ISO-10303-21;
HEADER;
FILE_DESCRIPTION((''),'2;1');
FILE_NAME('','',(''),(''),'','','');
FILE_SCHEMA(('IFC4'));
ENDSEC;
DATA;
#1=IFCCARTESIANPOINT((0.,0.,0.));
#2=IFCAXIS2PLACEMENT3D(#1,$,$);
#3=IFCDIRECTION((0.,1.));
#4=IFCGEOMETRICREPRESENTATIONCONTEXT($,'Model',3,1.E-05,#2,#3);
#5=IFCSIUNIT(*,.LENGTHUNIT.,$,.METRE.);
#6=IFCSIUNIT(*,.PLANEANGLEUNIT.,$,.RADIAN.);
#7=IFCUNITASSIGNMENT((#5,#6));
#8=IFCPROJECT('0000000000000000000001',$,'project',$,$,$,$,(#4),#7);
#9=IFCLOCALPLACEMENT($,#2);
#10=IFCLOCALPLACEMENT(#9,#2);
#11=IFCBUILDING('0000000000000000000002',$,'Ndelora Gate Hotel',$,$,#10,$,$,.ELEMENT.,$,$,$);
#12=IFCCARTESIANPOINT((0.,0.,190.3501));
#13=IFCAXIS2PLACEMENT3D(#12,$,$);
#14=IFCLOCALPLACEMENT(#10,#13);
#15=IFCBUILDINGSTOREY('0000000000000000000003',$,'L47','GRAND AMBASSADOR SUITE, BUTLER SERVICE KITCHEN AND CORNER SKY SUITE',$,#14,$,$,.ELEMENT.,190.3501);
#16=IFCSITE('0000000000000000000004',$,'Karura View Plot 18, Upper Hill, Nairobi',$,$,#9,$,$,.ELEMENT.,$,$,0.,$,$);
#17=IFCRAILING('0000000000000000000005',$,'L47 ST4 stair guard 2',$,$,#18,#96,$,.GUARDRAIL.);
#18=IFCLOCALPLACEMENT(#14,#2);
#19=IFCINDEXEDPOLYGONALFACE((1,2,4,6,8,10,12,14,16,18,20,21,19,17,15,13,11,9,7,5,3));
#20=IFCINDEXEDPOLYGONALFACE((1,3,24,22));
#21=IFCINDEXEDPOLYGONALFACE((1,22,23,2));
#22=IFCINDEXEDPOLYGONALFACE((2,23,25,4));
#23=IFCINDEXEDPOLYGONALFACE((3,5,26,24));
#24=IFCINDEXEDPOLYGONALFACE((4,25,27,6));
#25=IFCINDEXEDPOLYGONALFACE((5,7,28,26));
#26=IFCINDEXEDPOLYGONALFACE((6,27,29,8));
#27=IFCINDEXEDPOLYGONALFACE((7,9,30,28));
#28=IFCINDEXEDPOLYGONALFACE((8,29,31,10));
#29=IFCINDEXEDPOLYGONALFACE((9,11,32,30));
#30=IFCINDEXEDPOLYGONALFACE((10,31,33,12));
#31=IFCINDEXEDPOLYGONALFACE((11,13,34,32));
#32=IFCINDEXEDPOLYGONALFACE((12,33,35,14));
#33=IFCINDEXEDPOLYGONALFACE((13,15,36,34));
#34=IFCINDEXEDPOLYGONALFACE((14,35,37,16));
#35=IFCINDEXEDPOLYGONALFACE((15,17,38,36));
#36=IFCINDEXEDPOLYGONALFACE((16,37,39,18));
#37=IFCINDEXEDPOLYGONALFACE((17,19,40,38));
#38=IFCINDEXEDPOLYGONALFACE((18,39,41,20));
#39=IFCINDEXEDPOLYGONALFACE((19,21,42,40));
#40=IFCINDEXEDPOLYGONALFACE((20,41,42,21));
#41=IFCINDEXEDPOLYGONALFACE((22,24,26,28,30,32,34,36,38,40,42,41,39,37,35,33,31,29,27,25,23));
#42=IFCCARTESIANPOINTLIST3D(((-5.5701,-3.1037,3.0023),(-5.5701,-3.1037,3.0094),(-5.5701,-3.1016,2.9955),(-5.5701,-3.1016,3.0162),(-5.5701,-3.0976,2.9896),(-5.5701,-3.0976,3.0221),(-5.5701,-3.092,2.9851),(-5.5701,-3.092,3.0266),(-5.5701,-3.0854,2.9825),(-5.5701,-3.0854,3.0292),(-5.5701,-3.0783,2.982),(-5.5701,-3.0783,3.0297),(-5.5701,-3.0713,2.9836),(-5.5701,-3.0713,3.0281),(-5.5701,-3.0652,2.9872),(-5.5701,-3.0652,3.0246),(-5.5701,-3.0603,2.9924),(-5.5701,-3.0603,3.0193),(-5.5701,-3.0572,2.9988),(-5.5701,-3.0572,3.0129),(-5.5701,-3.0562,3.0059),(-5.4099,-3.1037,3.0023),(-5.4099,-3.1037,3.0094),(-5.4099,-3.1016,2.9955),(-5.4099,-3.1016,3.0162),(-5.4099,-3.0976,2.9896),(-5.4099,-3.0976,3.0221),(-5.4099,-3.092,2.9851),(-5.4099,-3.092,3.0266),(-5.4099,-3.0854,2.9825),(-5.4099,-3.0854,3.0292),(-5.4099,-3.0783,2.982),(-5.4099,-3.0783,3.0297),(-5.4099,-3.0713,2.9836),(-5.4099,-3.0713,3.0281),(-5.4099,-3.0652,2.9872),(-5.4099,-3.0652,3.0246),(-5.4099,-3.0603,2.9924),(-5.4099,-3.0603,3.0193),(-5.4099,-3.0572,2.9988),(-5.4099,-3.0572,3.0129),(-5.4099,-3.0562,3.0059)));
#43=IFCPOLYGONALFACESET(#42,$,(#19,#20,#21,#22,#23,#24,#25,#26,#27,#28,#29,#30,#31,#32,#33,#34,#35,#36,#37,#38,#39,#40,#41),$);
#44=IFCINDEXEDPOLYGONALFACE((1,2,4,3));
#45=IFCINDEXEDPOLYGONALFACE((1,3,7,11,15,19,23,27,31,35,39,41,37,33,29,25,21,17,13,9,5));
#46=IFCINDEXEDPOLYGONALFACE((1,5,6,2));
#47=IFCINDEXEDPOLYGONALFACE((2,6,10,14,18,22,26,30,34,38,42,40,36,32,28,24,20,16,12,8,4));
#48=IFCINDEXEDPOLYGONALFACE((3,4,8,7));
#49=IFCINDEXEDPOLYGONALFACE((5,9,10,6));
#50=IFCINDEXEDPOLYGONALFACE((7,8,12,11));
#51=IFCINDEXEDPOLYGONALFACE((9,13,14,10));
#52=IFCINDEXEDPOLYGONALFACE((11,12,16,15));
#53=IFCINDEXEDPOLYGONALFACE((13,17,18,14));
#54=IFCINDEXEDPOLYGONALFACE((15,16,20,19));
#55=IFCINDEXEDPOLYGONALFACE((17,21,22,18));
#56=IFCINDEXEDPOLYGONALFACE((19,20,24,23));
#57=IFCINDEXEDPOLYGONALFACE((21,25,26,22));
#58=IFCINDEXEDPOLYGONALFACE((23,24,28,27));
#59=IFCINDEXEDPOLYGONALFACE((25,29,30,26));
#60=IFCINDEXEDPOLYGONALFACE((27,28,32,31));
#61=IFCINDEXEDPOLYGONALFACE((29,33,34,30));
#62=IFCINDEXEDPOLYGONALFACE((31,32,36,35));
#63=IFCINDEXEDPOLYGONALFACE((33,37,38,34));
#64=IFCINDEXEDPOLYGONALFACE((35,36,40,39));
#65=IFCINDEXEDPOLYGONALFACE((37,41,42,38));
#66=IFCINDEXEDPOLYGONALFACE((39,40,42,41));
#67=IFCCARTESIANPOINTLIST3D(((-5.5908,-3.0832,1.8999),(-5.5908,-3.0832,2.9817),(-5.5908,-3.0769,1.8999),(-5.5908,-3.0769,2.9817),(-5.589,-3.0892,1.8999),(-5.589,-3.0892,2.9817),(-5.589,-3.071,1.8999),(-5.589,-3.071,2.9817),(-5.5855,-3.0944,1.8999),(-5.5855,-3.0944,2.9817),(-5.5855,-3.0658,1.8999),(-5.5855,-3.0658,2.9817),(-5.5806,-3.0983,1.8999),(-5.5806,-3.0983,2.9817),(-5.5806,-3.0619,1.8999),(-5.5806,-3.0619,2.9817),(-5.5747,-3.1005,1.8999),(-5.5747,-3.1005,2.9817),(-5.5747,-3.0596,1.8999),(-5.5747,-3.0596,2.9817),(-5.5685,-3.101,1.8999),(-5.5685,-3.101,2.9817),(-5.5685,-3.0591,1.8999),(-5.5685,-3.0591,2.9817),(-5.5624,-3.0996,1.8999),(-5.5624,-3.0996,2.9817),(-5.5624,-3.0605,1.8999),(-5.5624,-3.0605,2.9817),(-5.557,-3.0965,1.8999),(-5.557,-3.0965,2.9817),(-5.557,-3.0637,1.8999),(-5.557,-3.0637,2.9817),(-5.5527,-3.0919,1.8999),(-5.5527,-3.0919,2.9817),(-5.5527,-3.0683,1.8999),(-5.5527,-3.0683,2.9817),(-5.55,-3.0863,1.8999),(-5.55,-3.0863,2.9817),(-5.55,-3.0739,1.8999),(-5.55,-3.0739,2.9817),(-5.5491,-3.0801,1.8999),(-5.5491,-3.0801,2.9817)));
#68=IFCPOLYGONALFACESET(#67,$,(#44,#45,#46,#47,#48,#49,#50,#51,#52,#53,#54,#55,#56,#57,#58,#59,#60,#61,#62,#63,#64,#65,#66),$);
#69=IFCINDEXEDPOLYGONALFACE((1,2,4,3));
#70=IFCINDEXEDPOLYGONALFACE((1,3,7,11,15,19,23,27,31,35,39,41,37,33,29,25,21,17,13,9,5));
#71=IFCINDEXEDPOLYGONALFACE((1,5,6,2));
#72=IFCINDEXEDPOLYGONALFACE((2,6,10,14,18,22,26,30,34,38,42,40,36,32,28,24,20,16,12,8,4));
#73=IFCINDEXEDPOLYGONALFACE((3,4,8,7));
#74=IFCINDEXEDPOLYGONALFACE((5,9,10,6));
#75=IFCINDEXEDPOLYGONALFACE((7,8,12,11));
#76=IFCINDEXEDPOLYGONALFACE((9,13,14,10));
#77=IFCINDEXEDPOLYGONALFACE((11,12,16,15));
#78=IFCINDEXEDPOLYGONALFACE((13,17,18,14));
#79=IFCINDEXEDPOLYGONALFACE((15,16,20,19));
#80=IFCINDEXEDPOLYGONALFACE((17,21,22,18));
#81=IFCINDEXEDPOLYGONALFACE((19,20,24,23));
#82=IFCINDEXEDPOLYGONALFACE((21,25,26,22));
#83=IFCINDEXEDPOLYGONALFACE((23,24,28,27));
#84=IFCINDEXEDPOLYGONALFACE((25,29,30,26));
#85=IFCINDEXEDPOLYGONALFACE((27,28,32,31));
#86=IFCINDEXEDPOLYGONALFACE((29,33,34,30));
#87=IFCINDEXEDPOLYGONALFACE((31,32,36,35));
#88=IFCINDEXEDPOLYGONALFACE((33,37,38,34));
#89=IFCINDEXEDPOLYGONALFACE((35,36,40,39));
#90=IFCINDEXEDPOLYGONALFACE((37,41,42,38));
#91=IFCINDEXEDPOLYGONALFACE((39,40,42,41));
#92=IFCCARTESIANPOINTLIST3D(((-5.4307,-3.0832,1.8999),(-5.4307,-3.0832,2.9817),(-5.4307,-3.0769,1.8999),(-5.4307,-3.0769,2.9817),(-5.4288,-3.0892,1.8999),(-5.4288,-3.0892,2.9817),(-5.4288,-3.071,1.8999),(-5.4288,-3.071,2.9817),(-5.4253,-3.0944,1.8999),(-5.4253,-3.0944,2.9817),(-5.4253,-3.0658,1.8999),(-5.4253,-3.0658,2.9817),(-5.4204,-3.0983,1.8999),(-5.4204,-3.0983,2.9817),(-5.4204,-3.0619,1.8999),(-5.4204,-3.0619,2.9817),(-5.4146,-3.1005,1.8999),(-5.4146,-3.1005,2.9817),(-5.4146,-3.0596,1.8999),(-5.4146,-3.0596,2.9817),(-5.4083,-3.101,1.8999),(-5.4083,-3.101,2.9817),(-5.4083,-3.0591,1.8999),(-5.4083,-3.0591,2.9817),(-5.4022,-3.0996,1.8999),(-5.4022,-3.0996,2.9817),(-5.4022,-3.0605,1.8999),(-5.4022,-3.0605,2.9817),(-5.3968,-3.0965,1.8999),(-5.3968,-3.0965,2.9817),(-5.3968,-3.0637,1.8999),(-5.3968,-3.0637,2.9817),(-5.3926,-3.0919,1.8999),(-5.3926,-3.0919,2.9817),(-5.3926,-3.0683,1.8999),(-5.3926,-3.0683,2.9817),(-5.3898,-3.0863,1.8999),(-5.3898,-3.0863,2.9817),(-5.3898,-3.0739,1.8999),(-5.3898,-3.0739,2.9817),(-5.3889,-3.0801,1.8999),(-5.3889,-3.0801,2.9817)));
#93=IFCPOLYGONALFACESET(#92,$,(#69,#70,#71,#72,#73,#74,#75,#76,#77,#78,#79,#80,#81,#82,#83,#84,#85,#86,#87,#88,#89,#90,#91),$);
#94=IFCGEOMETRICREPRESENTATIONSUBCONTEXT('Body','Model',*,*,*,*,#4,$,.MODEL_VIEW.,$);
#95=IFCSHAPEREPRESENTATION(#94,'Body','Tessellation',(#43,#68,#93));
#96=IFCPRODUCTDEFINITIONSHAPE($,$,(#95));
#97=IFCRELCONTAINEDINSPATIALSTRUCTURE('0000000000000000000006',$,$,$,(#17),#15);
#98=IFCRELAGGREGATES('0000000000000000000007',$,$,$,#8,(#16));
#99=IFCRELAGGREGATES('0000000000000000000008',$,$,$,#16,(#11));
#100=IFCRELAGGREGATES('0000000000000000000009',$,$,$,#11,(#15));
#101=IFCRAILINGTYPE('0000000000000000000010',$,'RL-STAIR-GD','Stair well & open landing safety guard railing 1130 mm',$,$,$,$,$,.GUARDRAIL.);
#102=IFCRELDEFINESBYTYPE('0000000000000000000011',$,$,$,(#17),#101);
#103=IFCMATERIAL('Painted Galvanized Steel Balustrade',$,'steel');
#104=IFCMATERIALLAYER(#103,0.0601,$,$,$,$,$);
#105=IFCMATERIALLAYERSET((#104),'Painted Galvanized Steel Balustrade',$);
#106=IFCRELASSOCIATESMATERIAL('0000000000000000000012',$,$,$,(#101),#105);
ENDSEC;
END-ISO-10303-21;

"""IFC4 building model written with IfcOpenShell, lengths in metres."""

from ifc_helpers import new_model, si_unit, direction, frame, origin, origin_2d, place, context, subcontext, project, spatial, circle, extrude, material, layer, layer_set, type_object, element, save


model = new_model("IFC4")

# Units and contexts
model_context = context("Model", 3, precision=1e-05, world=origin(), true_north=direction((0.0, 1.0)))
body_context = subcontext(model_context, "Body", "Model", "MODEL_VIEW")
ifc_project = project(units=[si_unit("LENGTHUNIT", "METRE"), si_unit("PLANEANGLEUNIT", "RADIAN")], contexts=[model_context])

# Site, building, storey
site_placement = place(None, origin())
site = spatial("IfcSite", under=ifc_project, at=site_placement, Name="Karura View Plot 18, Upper Hill, Nairobi", CompositionType="ELEMENT", RefElevation=0.0)
building_placement = place(site_placement, origin())
building = spatial("IfcBuilding", under=site, at=building_placement, Name="Ndelora Gate Hotel", CompositionType="ELEMENT")
storey_placement = place(building_placement, frame((0.0, 0.0, 190.3501)))
storey = spatial("IfcBuildingStorey", under=building, at=storey_placement, Name="L47", Description="GRAND AMBASSADOR SUITE, BUTLER SERVICE KITCHEN AND CORNER SKY SUITE", CompositionType="ELEMENT", Elevation=190.3501)

# Railing
ifc_material_1 = material(Name="Painted Galvanized Steel Balustrade", Category="steel")
ifc_layer_1 = layer(ifc_material_1, 0.0601)
ifc_layer_set_1 = layer_set([ifc_layer_1], Name="Painted Galvanized Steel Balustrade")
railing_type_1 = type_object("IfcRailingType", Name="RL-STAIR-GD", Description="Stair well & open landing safety guard railing 1130 mm", PredefinedType="GUARDRAIL", material=ifc_layer_set_1)
railing_1_placement = place(storey_placement, frame((-5.5701, -3.0801, 1.8999)))
element("IfcRailing", 1, at=railing_1_placement, inside=storey, type_object=railing_type_1, Name="L47 ST4 stair guard 2", PredefinedType="GUARDRAIL", context=body_context, shape_type="SweptSolid", body=[
    extrude(circle(Radius=0.0239, at=origin_2d()), frame((0.0, 0.0, 1.106), z_axis=(1.0, 0.0, 0.0), x_axis=(0.0, 1.0, 0.0)), (0.0, 0.0, 1.0), 0.1602),
    extrude(circle(Radius=0.021, at=origin_2d()), origin(), (0.0, 0.0, 1.0), 1.0818),
    extrude(circle(Radius=0.021, at=origin_2d()), frame((0.1602, 0.0, 0.0)), (0.0, 0.0, 1.0), 1.0818),
])

save(model, "model.ifc")
